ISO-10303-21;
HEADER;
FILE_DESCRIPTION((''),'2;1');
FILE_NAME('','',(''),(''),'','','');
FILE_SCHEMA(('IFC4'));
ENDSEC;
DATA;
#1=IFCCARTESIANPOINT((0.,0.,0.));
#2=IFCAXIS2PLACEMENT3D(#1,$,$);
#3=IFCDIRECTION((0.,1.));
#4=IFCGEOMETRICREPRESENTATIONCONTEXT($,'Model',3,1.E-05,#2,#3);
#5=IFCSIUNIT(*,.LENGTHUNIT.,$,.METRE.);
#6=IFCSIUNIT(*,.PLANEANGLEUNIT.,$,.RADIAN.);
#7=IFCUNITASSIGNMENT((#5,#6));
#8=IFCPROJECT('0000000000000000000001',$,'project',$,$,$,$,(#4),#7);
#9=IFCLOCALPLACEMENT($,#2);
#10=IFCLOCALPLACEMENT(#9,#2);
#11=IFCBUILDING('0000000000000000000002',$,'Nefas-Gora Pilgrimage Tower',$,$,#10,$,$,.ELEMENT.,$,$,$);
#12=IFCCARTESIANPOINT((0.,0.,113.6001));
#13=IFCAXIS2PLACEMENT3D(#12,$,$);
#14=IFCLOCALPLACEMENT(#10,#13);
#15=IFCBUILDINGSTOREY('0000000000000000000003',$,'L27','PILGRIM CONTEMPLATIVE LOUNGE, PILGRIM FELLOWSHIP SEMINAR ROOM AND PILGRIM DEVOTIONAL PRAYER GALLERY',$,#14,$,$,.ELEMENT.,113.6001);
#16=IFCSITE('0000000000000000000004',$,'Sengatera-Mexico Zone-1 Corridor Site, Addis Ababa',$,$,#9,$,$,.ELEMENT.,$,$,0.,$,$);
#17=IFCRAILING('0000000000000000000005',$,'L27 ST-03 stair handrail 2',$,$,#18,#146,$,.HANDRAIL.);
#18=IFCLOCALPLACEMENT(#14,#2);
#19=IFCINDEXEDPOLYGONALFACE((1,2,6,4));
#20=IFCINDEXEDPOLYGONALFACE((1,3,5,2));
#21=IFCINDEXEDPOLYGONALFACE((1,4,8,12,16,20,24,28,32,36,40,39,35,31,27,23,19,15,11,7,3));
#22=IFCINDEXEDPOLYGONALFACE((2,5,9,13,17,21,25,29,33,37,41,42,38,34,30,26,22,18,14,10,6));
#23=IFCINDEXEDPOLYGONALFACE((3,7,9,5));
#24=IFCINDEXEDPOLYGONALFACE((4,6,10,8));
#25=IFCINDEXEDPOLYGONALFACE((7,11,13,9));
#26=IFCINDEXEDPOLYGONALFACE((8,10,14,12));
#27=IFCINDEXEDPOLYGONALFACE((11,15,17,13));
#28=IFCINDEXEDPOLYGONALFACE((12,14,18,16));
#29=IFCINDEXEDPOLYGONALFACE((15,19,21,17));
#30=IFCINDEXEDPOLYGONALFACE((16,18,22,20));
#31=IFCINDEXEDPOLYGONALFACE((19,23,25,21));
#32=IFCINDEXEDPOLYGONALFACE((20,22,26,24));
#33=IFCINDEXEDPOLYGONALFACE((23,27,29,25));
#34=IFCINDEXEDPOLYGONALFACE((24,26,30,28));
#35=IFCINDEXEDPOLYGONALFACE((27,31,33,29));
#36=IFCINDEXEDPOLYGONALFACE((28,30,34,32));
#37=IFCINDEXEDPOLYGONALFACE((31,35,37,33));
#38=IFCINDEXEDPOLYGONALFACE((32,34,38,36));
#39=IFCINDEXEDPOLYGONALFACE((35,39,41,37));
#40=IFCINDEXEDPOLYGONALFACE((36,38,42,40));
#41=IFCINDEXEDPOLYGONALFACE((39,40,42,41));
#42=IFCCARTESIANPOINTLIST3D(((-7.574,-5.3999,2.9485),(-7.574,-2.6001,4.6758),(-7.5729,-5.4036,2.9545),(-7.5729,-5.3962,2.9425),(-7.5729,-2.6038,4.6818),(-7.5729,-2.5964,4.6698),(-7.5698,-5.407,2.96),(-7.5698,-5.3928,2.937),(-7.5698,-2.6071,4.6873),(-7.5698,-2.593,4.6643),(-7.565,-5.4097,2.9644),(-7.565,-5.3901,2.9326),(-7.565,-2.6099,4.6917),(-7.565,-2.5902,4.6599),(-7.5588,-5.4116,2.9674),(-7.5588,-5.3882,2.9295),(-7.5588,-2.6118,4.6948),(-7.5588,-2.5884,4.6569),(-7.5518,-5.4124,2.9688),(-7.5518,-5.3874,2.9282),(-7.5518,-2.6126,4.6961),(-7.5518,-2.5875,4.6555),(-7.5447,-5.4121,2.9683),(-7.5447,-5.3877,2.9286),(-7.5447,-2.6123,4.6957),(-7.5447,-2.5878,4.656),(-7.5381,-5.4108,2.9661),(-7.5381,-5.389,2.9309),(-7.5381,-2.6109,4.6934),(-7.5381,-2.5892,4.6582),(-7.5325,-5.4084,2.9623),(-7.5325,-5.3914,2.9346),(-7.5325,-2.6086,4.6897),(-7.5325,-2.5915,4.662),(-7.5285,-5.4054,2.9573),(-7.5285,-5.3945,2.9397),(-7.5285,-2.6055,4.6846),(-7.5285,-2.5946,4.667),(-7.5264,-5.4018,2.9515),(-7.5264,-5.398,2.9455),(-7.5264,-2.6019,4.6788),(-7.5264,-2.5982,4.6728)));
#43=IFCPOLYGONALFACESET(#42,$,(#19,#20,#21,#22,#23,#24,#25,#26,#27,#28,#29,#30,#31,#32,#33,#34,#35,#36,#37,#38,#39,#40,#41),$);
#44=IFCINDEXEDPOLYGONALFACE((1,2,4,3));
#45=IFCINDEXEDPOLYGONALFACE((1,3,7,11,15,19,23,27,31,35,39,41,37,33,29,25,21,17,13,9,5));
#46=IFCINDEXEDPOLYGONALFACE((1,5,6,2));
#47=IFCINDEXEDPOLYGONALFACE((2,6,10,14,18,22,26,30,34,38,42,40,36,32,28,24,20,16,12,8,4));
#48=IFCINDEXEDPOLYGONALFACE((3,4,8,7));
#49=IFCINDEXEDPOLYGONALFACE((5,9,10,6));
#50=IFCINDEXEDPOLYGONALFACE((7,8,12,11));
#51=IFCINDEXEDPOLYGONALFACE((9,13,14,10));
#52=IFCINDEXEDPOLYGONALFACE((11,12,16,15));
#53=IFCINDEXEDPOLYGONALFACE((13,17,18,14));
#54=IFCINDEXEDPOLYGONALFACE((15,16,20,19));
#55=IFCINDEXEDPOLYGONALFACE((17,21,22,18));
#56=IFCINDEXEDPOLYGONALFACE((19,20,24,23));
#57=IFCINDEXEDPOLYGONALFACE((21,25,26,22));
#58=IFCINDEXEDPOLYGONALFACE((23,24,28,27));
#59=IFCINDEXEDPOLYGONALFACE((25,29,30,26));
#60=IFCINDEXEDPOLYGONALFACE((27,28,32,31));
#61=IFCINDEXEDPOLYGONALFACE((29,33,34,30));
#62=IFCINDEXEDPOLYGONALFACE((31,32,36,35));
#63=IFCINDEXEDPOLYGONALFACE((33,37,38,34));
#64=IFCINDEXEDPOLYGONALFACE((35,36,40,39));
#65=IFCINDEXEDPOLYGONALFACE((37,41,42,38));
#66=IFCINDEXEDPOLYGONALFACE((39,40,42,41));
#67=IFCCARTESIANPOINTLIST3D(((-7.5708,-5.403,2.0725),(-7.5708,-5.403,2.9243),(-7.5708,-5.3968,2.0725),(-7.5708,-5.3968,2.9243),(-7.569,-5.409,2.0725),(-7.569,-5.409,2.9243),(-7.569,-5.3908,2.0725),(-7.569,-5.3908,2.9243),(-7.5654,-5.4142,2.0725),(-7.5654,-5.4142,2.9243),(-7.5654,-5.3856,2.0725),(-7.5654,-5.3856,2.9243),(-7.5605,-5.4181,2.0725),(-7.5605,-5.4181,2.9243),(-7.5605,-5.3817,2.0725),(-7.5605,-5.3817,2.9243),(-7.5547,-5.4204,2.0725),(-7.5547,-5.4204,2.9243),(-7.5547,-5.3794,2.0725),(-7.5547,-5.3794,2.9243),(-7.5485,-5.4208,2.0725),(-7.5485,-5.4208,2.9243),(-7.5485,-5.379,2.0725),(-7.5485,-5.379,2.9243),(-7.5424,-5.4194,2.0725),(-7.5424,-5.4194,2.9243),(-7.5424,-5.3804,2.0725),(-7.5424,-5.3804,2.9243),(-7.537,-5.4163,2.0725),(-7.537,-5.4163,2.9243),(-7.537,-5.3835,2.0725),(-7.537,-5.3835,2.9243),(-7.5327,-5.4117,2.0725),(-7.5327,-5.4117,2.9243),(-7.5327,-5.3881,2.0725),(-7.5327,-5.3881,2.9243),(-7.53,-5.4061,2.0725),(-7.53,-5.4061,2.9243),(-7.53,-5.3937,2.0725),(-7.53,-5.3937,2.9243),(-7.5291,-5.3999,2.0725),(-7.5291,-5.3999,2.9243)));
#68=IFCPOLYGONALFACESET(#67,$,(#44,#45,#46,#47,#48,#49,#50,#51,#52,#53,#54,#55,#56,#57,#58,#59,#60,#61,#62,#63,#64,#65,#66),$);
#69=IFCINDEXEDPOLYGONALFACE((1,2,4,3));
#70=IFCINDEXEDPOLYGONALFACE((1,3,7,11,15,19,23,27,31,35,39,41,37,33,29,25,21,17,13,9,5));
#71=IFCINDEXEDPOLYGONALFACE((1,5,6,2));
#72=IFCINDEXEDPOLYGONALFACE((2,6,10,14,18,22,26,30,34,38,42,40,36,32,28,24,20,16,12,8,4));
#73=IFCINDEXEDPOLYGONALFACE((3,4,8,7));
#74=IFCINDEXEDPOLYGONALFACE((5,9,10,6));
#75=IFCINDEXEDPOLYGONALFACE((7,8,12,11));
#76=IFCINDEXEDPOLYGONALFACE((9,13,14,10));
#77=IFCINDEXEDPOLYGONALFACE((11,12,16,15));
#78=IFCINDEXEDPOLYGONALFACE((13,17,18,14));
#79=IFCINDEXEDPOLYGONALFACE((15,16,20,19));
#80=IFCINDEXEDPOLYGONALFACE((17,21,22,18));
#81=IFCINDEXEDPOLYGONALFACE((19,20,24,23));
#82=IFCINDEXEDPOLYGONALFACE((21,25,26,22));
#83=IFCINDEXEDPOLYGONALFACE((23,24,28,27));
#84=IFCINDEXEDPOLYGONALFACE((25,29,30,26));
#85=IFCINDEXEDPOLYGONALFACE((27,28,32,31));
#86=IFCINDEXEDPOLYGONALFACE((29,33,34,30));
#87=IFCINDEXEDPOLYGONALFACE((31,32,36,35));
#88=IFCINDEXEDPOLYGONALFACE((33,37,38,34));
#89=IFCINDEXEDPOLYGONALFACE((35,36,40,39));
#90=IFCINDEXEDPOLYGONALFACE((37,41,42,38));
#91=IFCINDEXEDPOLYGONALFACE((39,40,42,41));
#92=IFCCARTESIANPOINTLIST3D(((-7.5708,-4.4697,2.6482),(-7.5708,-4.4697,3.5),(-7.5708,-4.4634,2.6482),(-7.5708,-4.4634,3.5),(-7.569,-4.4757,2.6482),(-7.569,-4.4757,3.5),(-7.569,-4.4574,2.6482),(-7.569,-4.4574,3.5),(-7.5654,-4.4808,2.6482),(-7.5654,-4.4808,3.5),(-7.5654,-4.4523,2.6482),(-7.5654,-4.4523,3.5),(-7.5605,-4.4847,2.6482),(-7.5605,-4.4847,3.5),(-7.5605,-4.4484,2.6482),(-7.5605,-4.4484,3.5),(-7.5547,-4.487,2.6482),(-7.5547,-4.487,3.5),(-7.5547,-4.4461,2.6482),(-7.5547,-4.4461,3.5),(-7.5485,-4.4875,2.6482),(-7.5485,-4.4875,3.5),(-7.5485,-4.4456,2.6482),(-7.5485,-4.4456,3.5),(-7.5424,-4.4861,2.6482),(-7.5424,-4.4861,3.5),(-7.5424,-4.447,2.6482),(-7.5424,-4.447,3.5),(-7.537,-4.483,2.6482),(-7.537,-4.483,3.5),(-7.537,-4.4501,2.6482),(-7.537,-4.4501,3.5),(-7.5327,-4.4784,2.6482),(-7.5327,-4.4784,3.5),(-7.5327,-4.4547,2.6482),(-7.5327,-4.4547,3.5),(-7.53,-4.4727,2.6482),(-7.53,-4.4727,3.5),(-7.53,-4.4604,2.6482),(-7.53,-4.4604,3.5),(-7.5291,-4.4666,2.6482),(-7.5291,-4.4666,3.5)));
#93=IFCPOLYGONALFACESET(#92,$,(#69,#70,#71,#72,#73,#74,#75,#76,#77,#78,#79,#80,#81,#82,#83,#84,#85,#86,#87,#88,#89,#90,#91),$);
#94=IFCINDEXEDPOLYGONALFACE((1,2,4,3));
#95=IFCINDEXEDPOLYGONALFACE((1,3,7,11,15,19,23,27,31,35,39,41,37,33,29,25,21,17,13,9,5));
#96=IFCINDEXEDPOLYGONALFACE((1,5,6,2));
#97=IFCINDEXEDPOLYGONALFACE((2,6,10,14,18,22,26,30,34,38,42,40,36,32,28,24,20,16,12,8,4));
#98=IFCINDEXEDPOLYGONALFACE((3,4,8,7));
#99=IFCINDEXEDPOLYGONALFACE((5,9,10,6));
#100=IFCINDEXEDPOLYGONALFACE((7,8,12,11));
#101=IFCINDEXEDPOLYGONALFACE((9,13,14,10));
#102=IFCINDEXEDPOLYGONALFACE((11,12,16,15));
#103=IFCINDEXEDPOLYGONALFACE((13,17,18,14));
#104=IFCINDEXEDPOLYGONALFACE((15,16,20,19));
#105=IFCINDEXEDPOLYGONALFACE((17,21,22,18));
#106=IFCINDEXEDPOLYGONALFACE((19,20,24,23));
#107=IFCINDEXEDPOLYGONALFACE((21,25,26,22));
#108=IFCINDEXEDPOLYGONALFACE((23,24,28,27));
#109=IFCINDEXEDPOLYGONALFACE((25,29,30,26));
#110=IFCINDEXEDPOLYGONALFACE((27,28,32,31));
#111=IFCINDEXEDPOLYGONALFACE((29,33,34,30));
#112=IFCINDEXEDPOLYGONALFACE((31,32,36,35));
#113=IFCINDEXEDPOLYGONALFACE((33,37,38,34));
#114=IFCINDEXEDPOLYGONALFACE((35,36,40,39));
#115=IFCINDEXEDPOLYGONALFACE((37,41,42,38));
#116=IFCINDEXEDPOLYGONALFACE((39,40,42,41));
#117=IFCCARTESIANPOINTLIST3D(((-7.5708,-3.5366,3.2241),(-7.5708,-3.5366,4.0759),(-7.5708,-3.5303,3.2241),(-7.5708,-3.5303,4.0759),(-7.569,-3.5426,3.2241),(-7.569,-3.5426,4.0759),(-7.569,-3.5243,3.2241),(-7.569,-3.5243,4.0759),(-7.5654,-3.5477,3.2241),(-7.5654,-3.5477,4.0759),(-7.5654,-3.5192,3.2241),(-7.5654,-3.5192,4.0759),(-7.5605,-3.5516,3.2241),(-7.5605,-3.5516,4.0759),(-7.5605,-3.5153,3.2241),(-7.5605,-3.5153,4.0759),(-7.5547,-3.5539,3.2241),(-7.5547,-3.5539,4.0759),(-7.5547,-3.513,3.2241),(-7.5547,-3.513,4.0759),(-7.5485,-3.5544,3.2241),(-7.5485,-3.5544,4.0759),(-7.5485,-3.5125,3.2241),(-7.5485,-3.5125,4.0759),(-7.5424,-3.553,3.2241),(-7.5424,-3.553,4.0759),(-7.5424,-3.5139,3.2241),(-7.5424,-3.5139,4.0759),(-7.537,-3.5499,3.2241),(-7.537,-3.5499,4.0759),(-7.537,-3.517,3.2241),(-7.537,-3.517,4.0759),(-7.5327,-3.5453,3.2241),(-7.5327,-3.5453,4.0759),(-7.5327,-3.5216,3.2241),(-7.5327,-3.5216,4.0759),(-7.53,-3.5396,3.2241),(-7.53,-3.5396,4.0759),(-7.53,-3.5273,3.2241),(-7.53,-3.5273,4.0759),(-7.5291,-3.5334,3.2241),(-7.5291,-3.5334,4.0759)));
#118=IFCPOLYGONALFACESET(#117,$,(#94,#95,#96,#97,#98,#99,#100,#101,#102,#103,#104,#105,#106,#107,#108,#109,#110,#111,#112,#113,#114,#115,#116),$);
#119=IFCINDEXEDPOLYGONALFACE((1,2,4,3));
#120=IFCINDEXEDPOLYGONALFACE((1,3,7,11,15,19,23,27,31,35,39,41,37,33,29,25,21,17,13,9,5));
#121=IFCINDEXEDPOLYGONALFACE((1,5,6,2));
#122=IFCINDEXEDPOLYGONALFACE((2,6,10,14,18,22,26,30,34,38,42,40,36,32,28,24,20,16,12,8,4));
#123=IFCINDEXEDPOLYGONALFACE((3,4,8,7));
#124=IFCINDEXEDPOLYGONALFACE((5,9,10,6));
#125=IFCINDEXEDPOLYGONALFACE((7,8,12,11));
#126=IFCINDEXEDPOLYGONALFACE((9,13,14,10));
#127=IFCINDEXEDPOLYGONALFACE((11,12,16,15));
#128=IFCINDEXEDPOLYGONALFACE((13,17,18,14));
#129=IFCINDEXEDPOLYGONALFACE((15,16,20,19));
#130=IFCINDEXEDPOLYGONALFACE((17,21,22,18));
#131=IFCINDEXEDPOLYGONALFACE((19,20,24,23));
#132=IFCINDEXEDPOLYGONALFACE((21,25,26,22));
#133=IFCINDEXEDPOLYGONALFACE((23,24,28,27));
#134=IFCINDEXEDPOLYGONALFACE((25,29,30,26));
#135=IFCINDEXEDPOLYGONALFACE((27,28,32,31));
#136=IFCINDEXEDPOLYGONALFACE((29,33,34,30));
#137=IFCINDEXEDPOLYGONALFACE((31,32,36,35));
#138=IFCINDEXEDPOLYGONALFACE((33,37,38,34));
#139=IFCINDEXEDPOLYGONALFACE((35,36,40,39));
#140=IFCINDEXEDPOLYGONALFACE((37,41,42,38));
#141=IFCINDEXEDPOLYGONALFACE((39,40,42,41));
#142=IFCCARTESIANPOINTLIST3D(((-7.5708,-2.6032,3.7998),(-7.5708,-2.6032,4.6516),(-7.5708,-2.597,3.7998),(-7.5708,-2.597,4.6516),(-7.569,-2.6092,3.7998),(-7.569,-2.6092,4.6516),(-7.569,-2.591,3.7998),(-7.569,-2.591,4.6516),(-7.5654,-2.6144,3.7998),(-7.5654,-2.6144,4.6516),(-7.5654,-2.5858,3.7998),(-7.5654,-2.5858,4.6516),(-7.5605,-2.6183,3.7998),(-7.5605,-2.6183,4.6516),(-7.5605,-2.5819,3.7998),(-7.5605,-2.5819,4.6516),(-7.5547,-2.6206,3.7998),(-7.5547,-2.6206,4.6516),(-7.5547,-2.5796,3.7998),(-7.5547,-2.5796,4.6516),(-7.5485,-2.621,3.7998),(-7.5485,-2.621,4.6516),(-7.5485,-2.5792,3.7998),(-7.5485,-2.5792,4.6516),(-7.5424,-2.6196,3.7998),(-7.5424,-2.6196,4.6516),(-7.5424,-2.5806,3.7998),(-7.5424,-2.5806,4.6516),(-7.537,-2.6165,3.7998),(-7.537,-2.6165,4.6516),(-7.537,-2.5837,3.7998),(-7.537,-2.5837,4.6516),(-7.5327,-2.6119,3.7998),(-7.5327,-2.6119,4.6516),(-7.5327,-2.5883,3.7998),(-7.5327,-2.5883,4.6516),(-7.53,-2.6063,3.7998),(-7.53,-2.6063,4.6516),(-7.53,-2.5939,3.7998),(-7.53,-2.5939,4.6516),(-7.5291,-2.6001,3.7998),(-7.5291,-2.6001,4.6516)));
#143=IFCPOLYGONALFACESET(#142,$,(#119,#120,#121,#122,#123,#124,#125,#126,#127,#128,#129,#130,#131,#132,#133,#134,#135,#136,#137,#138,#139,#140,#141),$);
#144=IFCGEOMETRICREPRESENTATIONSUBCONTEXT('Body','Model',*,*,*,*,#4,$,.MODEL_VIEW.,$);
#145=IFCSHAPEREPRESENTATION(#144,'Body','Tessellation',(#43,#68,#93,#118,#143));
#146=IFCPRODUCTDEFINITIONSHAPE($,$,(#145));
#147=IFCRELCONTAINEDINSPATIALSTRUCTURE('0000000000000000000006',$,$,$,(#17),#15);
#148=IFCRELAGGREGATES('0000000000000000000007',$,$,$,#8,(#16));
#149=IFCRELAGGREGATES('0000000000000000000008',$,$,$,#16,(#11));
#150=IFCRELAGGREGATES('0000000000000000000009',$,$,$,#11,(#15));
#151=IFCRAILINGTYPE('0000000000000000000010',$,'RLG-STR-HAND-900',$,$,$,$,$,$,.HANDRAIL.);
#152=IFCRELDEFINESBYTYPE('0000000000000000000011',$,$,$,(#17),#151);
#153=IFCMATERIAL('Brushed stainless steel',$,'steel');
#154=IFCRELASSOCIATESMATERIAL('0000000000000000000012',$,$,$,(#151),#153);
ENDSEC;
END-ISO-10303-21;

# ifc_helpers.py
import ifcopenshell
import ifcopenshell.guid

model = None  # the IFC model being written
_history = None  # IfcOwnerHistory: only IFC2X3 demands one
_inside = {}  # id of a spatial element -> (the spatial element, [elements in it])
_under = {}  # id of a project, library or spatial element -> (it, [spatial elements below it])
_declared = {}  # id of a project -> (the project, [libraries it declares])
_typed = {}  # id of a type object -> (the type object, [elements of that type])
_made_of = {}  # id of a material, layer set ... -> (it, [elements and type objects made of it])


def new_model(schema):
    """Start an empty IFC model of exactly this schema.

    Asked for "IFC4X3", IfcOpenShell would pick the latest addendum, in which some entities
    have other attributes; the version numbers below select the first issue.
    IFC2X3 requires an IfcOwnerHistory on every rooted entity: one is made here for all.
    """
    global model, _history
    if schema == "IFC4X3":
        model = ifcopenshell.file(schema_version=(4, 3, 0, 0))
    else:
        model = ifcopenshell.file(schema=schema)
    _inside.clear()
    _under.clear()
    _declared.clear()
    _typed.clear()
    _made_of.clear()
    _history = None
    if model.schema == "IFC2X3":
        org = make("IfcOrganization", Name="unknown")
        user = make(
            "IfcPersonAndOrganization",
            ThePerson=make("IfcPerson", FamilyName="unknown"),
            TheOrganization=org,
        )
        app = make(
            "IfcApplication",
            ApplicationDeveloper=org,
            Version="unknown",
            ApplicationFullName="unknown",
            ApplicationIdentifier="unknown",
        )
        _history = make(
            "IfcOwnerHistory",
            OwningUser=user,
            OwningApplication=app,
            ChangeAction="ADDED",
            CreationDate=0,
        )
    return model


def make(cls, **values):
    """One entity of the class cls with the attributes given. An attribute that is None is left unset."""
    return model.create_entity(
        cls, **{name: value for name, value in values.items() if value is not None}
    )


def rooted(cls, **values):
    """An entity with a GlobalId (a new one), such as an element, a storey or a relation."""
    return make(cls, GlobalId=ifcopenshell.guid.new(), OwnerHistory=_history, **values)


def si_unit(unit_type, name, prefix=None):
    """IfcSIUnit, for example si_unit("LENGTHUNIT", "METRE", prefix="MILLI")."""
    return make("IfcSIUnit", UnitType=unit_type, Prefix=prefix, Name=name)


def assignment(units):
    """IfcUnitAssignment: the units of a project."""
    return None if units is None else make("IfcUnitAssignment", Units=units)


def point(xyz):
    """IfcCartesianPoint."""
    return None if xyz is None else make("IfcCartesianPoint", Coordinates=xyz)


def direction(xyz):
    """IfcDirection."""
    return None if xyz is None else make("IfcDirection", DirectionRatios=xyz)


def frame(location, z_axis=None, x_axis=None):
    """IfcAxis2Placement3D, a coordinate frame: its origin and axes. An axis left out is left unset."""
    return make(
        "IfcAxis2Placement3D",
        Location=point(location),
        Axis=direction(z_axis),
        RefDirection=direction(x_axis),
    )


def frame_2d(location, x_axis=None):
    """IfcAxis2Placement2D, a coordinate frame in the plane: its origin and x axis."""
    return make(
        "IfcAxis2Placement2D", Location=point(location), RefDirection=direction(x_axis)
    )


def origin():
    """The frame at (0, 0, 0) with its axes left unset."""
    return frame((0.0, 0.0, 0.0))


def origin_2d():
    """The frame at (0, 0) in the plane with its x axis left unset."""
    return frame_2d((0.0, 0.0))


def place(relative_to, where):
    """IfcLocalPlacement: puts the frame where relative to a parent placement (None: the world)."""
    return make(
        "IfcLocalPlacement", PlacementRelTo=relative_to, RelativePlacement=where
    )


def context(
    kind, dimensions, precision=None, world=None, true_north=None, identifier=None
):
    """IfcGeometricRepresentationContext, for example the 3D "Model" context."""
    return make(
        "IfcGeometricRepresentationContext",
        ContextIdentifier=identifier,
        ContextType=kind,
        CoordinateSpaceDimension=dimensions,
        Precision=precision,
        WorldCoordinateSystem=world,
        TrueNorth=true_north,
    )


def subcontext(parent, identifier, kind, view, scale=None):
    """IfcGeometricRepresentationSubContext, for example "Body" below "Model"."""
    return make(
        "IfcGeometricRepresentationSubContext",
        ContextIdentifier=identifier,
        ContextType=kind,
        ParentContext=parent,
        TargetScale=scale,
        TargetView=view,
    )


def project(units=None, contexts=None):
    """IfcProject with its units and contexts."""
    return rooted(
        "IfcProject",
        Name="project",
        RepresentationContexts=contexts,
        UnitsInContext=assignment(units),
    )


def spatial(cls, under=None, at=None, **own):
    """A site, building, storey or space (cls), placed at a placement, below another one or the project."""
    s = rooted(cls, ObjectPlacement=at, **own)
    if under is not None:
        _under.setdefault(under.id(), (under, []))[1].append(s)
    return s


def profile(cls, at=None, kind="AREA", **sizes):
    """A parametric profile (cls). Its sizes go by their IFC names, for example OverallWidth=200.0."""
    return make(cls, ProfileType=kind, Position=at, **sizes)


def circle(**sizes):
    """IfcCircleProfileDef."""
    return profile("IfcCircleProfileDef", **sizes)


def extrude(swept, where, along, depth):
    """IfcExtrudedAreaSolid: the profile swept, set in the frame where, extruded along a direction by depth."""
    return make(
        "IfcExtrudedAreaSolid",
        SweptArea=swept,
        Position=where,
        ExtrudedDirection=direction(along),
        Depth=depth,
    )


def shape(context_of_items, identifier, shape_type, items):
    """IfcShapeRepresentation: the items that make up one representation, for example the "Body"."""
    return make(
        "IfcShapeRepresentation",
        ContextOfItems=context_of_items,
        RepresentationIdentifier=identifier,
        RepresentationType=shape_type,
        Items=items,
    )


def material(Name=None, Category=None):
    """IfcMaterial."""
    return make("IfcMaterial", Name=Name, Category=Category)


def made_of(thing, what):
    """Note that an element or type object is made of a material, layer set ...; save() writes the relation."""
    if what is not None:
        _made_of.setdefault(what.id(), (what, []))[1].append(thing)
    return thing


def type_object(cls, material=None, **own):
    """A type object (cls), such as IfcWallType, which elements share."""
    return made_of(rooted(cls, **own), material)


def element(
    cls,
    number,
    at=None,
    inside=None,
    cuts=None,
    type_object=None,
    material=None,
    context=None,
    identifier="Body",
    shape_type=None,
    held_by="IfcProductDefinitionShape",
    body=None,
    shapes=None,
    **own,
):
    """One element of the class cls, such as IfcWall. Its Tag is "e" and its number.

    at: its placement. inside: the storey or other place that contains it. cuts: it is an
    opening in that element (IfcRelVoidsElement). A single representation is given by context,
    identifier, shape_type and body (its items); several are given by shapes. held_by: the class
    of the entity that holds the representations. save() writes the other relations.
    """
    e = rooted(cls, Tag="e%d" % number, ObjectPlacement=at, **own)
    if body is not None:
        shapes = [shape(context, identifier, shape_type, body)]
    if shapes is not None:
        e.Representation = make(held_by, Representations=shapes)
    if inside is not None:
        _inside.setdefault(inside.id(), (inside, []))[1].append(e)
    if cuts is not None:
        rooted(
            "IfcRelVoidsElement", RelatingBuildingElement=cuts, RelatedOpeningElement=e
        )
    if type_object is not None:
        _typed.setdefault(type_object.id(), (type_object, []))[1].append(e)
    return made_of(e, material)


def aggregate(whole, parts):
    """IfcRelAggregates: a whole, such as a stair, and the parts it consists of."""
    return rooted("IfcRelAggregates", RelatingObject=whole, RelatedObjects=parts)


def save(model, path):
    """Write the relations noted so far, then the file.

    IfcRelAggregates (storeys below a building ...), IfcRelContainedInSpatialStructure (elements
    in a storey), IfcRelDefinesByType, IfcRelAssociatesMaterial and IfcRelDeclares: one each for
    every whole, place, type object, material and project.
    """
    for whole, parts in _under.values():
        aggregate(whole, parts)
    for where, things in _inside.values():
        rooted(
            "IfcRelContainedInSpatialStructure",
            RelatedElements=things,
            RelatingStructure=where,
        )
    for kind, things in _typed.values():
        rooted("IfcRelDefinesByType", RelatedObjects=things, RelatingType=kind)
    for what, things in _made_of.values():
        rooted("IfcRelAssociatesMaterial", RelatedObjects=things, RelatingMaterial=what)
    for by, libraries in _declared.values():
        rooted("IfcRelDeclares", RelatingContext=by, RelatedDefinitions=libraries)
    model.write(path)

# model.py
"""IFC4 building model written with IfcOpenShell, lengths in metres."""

from ifc_helpers import new_model, si_unit, direction, frame, origin, origin_2d, place, context, subcontext, project, spatial, circle, extrude, material, type_object, element, save


model = new_model("IFC4")

# Units and contexts
model_context = context("Model", 3, precision=1e-05, world=origin(), true_north=direction((0.0, 1.0)))
body_context = subcontext(model_context, "Body", "Model", "MODEL_VIEW")
ifc_project = project(units=[si_unit("LENGTHUNIT", "METRE"), si_unit("PLANEANGLEUNIT", "RADIAN")], contexts=[model_context])

# Site, building, storey
site_placement = place(None, origin())
site = spatial("IfcSite", under=ifc_project, at=site_placement, Name="Sengatera-Mexico Zone-1 Corridor Site, Addis Ababa", CompositionType="ELEMENT", RefElevation=0.0)
building_placement = place(site_placement, origin())
building = spatial("IfcBuilding", under=site, at=building_placement, Name="Nefas-Gora Pilgrimage Tower", CompositionType="ELEMENT")
storey_placement = place(building_placement, frame((0.0, 0.0, 113.6001)))
storey = spatial("IfcBuildingStorey", under=building, at=storey_placement, Name="L27", Description="PILGRIM CONTEMPLATIVE LOUNGE, PILGRIM FELLOWSHIP SEMINAR ROOM AND PILGRIM DEVOTIONAL PRAYER GALLERY", CompositionType="ELEMENT", Elevation=113.6001)

# Railing
ifc_material_1 = material(Name="Brushed stainless steel", Category="steel")
railing_type_1 = type_object("IfcRailingType", Name="RLG-STR-HAND-900", PredefinedType="HANDRAIL", material=ifc_material_1)
railing_1_placement = place(storey_placement, frame((-7.55, -5.3999, 2.0725)))
element("IfcRailing", 1, at=railing_1_placement, inside=storey, type_object=railing_type_1, Name="L27 ST-03 stair handrail 2", PredefinedType="HANDRAIL", context=body_context, shape_type="SweptSolid", body=[
    extrude(circle(Radius=0.0239, at=origin_2d()), frame((0.0, 0.0, 0.876), z_axis=(0.0, 0.851069, 0.525054), x_axis=(-1.0, 0.0, 0.0)), (0.0, 0.0, 1.0), 3.2898),
    extrude(circle(Radius=0.021, at=origin_2d()), origin(), (0.0, 0.0, 1.0), 0.8518),
    extrude(circle(Radius=0.021, at=origin_2d()), frame((0.0, 0.9333, 0.5757)), (0.0, 0.0, 1.0), 0.8518),
    extrude(circle(Radius=0.021, at=origin_2d()), frame((0.0, 1.8665, 1.1516)), (0.0, 0.0, 1.0), 0.8518),
    extrude(circle(Radius=0.021, at=origin_2d()), frame((0.0, 2.7998, 1.7273)), (0.0, 0.0, 1.0), 0.8518),
])

save(model, "model.ifc")
